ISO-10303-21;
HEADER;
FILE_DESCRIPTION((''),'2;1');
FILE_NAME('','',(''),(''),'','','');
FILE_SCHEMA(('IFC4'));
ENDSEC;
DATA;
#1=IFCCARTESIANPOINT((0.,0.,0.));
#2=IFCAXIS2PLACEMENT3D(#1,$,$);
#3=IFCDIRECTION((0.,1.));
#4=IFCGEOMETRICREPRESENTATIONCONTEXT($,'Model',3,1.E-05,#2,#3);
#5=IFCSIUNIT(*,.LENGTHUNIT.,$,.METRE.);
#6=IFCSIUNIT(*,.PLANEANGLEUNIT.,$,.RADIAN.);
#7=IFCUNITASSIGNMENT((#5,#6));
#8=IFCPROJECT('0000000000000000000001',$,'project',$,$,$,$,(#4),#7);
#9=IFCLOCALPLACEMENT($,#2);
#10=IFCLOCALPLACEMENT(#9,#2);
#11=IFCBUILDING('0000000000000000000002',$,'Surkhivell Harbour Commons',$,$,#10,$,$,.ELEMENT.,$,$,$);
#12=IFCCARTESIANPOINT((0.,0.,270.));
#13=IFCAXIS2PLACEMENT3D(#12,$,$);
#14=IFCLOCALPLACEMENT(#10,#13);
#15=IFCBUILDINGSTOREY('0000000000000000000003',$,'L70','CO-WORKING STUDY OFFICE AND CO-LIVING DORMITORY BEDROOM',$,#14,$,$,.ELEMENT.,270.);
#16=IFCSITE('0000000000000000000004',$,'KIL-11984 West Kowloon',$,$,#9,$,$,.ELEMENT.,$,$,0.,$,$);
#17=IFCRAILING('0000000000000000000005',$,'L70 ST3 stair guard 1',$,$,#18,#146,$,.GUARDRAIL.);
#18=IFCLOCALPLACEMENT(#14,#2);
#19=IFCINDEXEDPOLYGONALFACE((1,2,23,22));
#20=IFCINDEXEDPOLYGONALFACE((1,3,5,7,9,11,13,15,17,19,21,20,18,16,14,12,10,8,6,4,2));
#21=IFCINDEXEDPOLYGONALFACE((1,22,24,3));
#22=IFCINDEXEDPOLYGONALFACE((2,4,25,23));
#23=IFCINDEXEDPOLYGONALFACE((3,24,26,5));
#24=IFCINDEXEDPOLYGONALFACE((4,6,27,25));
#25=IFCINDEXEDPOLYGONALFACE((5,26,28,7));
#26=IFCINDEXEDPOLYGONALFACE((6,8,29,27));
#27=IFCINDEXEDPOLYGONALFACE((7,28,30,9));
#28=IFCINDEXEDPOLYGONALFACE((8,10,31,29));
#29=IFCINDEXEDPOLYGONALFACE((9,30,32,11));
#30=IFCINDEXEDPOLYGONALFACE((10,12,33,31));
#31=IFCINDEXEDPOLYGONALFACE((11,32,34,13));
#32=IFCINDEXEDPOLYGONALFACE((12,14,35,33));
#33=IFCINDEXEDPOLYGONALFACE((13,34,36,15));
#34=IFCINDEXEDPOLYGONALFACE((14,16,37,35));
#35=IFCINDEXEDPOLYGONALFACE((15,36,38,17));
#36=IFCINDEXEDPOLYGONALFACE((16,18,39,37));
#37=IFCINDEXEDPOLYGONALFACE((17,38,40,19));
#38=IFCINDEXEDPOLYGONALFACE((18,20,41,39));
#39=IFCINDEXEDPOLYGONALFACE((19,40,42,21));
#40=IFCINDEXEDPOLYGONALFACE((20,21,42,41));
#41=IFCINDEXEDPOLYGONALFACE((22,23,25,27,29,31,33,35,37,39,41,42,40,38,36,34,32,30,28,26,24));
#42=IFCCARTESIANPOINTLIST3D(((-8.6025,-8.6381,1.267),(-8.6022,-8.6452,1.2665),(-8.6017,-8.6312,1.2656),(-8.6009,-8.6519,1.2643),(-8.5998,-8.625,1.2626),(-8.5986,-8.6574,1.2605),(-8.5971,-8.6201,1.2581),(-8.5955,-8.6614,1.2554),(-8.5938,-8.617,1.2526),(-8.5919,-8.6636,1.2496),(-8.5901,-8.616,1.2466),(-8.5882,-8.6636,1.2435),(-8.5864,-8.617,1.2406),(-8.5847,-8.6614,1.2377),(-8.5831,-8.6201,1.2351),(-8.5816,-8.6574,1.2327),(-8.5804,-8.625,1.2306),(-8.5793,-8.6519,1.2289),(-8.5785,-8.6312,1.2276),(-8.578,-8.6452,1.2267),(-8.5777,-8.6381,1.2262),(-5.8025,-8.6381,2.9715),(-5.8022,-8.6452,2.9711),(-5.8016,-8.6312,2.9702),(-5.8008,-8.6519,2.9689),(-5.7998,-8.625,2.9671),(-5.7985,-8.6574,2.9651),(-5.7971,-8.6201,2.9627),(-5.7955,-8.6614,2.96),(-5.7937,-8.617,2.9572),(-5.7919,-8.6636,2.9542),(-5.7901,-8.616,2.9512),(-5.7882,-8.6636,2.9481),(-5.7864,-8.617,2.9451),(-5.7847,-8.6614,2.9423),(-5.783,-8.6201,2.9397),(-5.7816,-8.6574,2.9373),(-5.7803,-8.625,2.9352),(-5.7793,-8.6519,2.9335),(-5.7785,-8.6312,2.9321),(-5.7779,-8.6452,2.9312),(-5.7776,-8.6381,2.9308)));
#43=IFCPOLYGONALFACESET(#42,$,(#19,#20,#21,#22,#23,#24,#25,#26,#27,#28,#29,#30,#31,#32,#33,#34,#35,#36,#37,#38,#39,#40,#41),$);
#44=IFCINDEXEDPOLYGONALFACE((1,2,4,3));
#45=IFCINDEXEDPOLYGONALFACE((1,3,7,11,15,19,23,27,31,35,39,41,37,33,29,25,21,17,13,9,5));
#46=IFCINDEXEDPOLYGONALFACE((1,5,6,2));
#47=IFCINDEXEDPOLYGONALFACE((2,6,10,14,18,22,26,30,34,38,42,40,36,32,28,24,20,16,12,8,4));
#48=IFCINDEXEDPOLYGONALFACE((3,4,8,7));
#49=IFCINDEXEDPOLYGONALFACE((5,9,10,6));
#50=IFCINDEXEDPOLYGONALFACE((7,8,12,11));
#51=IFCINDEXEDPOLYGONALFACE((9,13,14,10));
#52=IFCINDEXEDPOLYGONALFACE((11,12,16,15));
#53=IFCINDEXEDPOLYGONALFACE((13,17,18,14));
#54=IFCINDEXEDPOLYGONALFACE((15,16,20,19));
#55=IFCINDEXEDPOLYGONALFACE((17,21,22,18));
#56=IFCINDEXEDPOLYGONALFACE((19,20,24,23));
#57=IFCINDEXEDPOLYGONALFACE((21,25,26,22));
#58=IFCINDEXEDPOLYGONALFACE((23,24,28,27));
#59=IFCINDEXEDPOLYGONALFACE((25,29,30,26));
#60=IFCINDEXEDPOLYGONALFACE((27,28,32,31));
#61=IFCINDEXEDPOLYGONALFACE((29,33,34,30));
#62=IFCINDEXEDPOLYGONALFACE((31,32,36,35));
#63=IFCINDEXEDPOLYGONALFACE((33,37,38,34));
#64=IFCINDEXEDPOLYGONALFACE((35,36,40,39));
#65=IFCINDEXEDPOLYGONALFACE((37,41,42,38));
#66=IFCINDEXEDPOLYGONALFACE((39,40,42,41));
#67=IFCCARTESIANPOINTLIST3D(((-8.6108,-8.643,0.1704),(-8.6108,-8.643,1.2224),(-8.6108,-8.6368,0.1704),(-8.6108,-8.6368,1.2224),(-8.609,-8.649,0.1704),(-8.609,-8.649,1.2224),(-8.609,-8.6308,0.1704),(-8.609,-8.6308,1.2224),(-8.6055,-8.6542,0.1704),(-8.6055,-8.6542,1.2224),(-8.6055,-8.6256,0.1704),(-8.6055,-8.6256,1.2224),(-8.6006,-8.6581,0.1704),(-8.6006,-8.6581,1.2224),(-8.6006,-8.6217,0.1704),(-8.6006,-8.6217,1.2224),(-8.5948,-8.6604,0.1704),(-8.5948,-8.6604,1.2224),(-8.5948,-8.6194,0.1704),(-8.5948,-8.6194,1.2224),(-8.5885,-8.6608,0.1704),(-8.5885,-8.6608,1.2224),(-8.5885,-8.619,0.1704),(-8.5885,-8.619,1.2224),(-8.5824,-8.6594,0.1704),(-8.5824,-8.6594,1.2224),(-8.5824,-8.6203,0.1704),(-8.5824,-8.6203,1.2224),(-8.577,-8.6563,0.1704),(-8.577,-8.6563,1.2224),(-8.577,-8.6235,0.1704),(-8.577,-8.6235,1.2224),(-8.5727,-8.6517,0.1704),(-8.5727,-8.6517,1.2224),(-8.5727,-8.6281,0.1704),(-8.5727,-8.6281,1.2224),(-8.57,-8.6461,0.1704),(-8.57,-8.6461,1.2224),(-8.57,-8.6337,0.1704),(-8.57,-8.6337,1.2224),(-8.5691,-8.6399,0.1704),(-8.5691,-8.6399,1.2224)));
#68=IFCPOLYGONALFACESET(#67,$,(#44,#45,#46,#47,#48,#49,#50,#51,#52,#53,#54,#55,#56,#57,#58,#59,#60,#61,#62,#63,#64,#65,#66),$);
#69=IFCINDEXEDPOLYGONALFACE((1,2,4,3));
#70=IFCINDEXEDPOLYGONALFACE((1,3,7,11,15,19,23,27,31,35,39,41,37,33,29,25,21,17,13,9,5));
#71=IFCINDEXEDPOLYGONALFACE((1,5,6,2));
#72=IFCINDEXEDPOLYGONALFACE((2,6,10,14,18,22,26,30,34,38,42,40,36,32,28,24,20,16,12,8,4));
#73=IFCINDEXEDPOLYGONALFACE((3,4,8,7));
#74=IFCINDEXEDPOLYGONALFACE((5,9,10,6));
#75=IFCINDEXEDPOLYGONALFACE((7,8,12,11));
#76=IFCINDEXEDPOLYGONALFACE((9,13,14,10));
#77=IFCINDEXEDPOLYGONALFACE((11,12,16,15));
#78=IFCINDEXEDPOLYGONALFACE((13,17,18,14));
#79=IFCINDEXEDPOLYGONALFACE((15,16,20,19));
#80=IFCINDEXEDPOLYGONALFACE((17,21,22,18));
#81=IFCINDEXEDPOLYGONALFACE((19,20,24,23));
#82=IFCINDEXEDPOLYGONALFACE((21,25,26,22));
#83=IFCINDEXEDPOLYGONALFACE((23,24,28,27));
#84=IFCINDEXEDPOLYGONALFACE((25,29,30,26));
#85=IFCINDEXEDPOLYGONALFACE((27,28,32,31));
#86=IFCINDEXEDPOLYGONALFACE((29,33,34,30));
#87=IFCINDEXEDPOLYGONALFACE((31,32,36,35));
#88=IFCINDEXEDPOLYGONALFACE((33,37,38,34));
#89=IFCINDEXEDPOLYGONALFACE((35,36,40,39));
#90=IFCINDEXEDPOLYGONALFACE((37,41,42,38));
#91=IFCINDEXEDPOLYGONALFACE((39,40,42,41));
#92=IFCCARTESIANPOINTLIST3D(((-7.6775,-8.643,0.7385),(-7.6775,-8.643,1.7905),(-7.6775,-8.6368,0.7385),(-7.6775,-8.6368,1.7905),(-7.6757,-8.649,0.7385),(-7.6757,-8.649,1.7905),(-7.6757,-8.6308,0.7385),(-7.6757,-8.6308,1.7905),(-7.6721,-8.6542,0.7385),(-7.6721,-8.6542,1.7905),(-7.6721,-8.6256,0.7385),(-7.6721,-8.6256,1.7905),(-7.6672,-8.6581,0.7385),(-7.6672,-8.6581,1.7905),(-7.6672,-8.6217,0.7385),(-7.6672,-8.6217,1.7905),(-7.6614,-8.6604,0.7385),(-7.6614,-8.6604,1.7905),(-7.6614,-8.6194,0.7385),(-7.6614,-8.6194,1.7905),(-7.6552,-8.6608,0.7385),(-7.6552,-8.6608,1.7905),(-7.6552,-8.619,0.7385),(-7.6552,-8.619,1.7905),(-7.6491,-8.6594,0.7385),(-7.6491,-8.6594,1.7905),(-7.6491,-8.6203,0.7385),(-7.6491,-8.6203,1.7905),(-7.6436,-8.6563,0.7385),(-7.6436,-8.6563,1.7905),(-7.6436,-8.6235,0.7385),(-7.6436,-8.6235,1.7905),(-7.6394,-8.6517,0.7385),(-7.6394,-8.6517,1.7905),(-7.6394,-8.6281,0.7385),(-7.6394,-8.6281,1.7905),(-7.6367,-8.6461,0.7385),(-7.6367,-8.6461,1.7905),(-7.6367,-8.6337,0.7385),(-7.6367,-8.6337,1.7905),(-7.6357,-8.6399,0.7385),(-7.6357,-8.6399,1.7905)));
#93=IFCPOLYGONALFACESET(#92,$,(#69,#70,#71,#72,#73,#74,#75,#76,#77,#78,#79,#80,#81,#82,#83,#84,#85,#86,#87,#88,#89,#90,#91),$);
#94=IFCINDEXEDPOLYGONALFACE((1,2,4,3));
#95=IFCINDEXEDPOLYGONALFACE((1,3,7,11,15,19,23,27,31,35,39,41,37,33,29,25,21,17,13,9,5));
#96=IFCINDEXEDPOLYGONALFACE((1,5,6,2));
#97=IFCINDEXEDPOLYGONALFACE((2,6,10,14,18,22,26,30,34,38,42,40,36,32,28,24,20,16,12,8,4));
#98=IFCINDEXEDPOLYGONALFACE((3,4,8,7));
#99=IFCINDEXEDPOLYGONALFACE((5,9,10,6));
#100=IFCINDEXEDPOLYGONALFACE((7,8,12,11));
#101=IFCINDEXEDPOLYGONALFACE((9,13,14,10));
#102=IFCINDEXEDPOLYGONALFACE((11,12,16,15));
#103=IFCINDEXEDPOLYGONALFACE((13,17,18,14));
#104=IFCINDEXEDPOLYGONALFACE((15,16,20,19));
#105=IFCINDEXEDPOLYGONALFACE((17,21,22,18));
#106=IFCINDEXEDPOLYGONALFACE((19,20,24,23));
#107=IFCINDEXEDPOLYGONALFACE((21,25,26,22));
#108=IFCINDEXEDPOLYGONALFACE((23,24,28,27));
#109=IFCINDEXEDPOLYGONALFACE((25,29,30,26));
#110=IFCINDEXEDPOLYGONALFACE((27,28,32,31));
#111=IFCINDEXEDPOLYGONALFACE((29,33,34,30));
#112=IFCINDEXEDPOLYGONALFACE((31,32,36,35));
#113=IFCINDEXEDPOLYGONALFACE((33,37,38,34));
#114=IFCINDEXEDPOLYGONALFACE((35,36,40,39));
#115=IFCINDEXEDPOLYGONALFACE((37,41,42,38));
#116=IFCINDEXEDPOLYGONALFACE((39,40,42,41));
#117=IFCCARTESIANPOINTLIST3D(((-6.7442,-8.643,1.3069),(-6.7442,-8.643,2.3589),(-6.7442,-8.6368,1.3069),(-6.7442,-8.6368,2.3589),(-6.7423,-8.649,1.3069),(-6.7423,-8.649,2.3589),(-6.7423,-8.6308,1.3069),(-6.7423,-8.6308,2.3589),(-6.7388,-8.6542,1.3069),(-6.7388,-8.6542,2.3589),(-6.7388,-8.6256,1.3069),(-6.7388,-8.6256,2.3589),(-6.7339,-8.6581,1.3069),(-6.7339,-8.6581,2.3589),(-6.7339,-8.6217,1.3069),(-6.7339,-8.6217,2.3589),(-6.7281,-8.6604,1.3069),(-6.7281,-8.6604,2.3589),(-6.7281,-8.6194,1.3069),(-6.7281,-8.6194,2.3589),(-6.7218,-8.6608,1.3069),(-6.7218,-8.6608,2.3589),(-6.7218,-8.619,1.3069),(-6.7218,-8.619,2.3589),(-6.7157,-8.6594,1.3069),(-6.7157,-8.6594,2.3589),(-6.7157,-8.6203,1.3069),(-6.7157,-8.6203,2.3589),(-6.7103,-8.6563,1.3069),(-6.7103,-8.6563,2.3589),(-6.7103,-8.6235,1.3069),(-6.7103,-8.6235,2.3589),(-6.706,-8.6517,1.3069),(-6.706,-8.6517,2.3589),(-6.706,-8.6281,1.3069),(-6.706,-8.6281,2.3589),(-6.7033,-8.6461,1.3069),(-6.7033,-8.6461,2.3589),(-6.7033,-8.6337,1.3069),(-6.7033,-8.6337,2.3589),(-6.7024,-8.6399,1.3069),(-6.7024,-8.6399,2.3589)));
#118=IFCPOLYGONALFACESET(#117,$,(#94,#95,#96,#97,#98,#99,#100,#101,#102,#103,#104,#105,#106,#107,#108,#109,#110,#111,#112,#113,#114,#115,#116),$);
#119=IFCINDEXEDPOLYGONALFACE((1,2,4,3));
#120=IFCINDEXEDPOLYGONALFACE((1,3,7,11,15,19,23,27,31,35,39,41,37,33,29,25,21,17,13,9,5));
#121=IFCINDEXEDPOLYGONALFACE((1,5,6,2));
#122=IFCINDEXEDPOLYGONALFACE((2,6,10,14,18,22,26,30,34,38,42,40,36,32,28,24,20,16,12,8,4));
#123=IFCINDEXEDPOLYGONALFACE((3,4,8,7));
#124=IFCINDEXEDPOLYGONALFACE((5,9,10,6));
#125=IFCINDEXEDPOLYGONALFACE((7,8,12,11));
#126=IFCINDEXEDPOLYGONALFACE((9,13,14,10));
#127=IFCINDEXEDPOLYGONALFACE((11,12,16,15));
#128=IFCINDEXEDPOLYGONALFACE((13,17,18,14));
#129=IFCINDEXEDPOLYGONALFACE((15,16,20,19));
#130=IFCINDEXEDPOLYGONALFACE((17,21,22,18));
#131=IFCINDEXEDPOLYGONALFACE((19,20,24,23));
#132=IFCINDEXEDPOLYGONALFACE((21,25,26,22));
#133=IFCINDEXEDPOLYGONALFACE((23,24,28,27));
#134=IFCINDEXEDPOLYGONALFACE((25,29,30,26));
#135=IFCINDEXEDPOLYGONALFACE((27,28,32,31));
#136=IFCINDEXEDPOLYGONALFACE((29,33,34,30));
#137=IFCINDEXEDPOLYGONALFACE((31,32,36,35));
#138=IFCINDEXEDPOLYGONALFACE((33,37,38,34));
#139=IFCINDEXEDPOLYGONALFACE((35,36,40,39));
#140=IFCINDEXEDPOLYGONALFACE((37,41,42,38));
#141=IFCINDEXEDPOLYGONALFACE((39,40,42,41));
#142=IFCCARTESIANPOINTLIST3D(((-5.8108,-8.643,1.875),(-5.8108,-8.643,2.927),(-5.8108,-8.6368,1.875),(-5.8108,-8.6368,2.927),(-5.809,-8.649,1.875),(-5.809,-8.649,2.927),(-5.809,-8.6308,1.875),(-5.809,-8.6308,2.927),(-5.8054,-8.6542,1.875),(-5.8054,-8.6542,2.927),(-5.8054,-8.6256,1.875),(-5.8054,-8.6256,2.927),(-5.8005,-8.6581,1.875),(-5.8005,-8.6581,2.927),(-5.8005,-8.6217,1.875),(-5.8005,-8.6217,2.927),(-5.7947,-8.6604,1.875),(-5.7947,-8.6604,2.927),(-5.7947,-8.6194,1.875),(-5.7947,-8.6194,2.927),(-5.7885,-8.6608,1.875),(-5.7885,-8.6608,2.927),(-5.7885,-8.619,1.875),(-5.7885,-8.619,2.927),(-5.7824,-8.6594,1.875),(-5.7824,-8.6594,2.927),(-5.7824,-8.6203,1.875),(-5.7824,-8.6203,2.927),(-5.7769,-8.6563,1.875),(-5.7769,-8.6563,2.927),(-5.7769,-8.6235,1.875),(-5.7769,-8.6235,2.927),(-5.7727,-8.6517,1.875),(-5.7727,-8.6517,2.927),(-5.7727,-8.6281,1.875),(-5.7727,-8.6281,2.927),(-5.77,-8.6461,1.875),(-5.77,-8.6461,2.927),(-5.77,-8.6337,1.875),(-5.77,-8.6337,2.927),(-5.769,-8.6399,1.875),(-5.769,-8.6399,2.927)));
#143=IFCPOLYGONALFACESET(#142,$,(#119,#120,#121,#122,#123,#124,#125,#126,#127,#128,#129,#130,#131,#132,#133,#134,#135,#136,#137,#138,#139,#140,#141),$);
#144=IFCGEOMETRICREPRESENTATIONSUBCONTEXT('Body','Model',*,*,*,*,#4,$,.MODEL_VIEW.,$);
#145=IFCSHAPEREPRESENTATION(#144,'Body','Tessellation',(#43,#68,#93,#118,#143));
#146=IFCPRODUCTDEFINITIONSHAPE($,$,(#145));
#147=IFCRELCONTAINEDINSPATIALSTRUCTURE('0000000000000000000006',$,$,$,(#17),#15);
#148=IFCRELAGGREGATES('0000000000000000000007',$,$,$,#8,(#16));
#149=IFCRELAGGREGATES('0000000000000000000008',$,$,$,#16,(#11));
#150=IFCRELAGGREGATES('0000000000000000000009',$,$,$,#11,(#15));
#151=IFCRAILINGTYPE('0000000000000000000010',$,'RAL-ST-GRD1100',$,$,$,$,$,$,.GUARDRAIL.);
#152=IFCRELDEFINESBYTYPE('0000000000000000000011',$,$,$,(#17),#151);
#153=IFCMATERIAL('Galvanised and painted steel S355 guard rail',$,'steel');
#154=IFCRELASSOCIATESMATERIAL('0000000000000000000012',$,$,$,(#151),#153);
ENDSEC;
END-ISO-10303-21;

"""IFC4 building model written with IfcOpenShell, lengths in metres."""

from ifc_helpers import new_model, si_unit, direction, frame, origin, origin_2d, place, context, subcontext, project, spatial, circle, extrude, material, type_object, element, save


model = new_model("IFC4")

# Units and contexts
model_context = context("Model", 3, precision=1e-05, world=origin(), true_north=direction((0.0, 1.0)))
body_context = subcontext(model_context, "Body", "Model", "MODEL_VIEW")
ifc_project = project(units=[si_unit("LENGTHUNIT", "METRE"), si_unit("PLANEANGLEUNIT", "RADIAN")], contexts=[model_context])

# Site, building, storey
site_placement = place(None, origin())
site = spatial("IfcSite", under=ifc_project, at=site_placement, Name="KIL-11984 West Kowloon", CompositionType="ELEMENT", RefElevation=0.0)
building_placement = place(site_placement, origin())
building = spatial("IfcBuilding", under=site, at=building_placement, Name="Surkhivell Harbour Commons", CompositionType="ELEMENT")
storey_placement = place(building_placement, frame((0.0, 0.0, 270.0)))
storey = spatial("IfcBuildingStorey", under=building, at=storey_placement, Name="L70", Description="CO-WORKING STUDY OFFICE AND CO-LIVING DORMITORY BEDROOM", CompositionType="ELEMENT", Elevation=270.0)

# Railing
ifc_material_1 = material(Name="Galvanised and painted steel S355 guard rail", Category="steel")
railing_type_1 = type_object("IfcRailingType", Name="RAL-ST-GRD1100", PredefinedType="GUARDRAIL", material=ifc_material_1)
railing_1_placement = place(storey_placement, frame((-8.5901, -8.6399, 0.1704)))
element("IfcRailing", 1, at=railing_1_placement, inside=storey, type_object=railing_type_1, Name="L70 ST3 stair guard 1", PredefinedType="GUARDRAIL", context=body_context, shape_type="SweptSolid", body=[
    extrude(circle(Radius=0.0239, at=origin_2d()), frame((0.0, 0.0, 1.0762), z_axis=(0.85417, 0.0, 0.519994), x_axis=(0.0, 1.0, 0.0)), (0.0, 0.0, 1.0), 3.2781),
    extrude(circle(Radius=0.021, at=origin_2d()), origin(), (0.0, 0.0, 1.0), 1.052),
    extrude(circle(Radius=0.021, at=origin_2d()), frame((0.9333, 0.0, 0.5681)), (0.0, 0.0, 1.0), 1.052),
    extrude(circle(Radius=0.021, at=origin_2d()), frame((1.8667, 0.0, 1.1365)), (0.0, 0.0, 1.0), 1.052),
    extrude(circle(Radius=0.021, at=origin_2d()), frame((2.8, 0.0, 1.7046)), (0.0, 0.0, 1.0), 1.052),
])

save(model, "model.ifc")
